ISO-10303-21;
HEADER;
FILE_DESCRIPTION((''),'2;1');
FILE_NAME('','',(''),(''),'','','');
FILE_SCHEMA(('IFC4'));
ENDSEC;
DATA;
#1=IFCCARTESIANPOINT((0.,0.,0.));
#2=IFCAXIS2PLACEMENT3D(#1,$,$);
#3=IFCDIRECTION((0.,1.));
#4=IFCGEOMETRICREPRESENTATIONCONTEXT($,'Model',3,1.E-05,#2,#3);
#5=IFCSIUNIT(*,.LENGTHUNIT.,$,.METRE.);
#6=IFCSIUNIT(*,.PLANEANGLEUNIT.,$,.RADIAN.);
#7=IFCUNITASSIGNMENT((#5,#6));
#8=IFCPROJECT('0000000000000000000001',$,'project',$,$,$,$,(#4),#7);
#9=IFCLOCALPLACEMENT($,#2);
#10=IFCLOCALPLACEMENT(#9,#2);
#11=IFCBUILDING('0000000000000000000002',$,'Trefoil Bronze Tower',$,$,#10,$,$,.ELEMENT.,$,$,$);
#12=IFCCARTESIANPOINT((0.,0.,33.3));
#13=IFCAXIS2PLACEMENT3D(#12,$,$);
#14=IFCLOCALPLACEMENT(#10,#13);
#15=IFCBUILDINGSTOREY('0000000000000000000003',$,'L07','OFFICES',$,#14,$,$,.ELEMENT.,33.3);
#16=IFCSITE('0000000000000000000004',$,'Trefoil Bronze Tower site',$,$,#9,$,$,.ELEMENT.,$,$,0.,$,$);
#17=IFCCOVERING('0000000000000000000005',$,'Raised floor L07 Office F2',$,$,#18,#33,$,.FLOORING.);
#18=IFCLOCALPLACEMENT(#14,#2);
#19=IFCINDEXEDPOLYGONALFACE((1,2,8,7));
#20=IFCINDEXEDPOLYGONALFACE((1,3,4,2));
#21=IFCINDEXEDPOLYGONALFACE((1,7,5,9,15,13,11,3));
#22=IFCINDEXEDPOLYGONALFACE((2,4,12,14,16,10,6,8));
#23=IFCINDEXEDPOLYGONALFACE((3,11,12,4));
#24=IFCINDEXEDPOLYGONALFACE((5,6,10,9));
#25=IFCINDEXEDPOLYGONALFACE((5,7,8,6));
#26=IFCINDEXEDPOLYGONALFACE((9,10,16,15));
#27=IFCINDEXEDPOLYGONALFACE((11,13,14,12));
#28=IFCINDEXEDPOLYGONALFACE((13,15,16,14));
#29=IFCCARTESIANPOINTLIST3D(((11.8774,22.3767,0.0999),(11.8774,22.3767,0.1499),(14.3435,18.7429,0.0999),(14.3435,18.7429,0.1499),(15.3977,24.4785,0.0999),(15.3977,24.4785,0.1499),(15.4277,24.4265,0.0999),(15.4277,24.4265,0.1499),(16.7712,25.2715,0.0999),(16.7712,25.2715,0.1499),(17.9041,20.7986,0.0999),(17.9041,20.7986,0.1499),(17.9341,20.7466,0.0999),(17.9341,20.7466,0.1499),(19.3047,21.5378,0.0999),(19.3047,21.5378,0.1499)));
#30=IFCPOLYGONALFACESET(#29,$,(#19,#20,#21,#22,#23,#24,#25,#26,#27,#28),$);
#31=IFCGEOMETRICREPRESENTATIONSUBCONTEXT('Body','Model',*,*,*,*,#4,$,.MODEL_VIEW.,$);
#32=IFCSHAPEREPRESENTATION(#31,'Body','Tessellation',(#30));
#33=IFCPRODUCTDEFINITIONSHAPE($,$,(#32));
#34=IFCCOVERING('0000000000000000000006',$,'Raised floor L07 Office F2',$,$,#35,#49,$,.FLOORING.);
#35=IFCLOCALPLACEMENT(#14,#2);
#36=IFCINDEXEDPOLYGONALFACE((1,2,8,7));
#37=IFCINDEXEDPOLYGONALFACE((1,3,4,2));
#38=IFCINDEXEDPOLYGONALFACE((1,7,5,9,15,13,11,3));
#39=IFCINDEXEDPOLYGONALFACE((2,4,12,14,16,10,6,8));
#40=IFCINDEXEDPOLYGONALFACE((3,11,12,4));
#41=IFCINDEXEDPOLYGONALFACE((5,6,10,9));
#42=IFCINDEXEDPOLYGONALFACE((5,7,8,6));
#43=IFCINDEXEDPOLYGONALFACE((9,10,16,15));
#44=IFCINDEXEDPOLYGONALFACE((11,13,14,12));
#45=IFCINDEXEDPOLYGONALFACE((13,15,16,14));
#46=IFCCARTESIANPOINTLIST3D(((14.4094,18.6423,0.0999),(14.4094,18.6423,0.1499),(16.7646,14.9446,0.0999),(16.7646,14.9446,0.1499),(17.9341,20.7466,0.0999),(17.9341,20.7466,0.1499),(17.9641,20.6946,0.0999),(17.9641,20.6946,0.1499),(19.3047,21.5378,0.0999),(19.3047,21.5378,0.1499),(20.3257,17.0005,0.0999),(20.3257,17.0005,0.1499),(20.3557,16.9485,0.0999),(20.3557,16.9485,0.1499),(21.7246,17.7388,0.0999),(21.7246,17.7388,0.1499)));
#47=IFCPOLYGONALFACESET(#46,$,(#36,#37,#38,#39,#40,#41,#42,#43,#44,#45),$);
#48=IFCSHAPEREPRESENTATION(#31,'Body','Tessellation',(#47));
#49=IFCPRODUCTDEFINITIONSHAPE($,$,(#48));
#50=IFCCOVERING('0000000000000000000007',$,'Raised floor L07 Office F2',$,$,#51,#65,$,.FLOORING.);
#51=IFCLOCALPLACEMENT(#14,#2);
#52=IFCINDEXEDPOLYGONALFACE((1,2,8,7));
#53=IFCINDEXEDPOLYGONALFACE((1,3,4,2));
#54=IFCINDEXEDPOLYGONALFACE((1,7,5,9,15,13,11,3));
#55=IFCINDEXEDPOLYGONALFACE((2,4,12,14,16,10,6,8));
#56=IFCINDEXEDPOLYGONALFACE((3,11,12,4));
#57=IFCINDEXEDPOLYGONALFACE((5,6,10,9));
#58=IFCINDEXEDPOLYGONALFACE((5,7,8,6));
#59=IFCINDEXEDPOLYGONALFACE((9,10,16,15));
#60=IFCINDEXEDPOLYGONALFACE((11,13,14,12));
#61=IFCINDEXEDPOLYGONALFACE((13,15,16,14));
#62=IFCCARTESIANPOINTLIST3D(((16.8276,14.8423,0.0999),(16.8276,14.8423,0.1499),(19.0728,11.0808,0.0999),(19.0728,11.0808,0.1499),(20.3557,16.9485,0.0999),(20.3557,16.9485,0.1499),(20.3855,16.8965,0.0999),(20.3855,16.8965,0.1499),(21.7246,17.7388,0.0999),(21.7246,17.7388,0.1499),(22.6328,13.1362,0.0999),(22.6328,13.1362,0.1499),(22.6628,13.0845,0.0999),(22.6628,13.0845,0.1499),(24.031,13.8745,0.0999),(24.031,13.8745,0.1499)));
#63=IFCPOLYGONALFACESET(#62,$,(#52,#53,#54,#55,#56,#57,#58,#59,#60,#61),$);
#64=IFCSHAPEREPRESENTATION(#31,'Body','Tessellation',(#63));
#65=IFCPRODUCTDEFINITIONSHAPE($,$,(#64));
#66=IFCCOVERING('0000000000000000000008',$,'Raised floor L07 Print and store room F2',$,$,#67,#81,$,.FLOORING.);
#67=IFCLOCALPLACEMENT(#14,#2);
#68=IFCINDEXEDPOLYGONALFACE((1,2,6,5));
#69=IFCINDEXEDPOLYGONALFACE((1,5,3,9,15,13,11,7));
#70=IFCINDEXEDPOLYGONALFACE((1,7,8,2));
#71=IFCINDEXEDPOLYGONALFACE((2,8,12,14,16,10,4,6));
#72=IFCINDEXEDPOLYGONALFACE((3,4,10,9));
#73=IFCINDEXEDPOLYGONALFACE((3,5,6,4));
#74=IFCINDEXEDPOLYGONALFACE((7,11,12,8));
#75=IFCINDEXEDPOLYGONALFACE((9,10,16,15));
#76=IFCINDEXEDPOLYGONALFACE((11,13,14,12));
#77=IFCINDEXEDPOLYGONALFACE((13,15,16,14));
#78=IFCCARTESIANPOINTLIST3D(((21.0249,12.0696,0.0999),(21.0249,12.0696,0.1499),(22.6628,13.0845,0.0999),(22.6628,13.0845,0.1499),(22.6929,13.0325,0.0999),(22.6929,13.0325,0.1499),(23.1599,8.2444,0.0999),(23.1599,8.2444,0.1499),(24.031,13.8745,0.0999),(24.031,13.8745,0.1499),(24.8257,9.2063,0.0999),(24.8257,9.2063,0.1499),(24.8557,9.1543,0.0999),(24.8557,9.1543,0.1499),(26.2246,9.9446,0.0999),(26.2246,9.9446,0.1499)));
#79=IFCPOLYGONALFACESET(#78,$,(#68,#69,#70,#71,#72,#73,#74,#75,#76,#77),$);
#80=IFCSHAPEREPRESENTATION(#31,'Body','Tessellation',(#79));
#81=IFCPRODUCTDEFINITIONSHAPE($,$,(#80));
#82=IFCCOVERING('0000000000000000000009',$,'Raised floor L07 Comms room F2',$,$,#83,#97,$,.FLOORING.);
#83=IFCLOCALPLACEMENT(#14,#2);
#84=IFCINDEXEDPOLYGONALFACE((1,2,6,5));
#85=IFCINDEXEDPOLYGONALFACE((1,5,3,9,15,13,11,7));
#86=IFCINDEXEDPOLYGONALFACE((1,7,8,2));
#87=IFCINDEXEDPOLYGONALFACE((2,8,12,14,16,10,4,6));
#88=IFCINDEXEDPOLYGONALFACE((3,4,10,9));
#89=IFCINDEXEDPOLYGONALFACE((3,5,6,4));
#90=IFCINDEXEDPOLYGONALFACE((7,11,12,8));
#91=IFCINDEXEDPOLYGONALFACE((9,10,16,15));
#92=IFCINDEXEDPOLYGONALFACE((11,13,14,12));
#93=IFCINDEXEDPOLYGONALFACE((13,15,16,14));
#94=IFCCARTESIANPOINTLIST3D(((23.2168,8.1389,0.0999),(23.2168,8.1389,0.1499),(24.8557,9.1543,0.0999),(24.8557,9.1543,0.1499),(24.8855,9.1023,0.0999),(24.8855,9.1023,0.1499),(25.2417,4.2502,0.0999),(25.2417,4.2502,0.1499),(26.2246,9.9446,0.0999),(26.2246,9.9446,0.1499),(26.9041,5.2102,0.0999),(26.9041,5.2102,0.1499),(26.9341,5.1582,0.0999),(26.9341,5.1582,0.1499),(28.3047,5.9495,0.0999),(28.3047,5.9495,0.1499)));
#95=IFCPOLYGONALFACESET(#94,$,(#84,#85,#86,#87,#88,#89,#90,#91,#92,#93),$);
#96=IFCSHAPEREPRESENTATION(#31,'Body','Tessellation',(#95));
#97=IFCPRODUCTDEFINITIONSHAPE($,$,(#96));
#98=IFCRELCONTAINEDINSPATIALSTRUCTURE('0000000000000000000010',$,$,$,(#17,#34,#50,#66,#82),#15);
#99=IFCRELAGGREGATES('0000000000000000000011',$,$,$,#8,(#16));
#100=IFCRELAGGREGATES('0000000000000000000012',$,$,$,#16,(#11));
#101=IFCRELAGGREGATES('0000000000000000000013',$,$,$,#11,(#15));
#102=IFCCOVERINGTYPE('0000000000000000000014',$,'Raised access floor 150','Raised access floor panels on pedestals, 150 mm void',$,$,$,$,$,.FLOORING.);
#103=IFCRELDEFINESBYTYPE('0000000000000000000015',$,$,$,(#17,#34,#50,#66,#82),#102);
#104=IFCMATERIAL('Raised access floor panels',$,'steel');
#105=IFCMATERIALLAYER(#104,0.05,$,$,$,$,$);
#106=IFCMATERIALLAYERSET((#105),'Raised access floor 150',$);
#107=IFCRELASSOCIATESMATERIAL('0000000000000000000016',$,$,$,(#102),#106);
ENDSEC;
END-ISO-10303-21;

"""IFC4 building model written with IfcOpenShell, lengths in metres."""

from ifc_helpers import new_model, si_unit, direction, frame, origin, place, context, subcontext, project, spatial, polyline, outline, extrude, material, layer, layer_set, type_object, element, save


model = new_model("IFC4")

# Units and contexts
model_context = context("Model", 3, precision=1e-05, world=origin(), true_north=direction((0.0, 1.0)))
body_context = subcontext(model_context, "Body", "Model", "MODEL_VIEW")
ifc_project = project(units=[si_unit("LENGTHUNIT", "METRE"), si_unit("PLANEANGLEUNIT", "RADIAN")], contexts=[model_context])

# Site, building, storey
site_placement = place(None, origin())
site = spatial("IfcSite", under=ifc_project, at=site_placement, Name="Trefoil Bronze Tower site", CompositionType="ELEMENT", RefElevation=0.0)
building_placement = place(site_placement, origin())
building = spatial("IfcBuilding", under=site, at=building_placement, Name="Trefoil Bronze Tower", CompositionType="ELEMENT")
storey_placement = place(building_placement, frame((0.0, 0.0, 33.3)))
storey = spatial("IfcBuildingStorey", under=building, at=storey_placement, Name="L07", Description="OFFICES", CompositionType="ELEMENT", Elevation=33.3)

# Coverings
ifc_material_1 = material(Name="Raised access floor panels", Category="steel")
ifc_layer_1 = layer(ifc_material_1, 0.05)
ifc_layer_set_1 = layer_set([ifc_layer_1], Name="Raised access floor 150")
covering_type_1 = type_object("IfcCoveringType", Name="Raised access floor 150", Description="Raised access floor panels on pedestals, 150 mm void", PredefinedType="FLOORING", material=ifc_layer_set_1)
covering_1_placement = place(storey_placement, frame((0.0, 0.0, 0.0999)))
element("IfcCovering", 1, at=covering_1_placement, inside=storey, type_object=covering_type_1, Name="Raised floor L07 Office F2", PredefinedType="FLOORING", context=body_context, shape_type="SweptSolid", body=[
    extrude(outline(polyline([(16.7712, 25.2715), (19.3047, 21.5378), (17.9341, 20.7466), (17.9041, 20.7986), (14.3435, 18.7429), (11.8774, 22.3767), (15.4277, 24.4265), (15.3977, 24.4785), (16.7712, 25.2715)])), origin(), (0.0, 0.0, 1.0), 0.05),
])
covering_2_placement = place(storey_placement, frame((0.0, 0.0, 0.0999)))
element("IfcCovering", 2, at=covering_2_placement, inside=storey, type_object=covering_type_1, Name="Raised floor L07 Office F2", PredefinedType="FLOORING", context=body_context, shape_type="SweptSolid", body=[
    extrude(outline(polyline([(21.7246, 17.7388), (20.3557, 16.9485), (20.3257, 17.0005), (16.7646, 14.9446), (14.4094, 18.6423), (17.9641, 20.6946), (17.9341, 20.7466), (19.3047, 21.5378), (21.7246, 17.7388)])), origin(), (0.0, 0.0, 1.0), 0.05),
])
covering_3_placement = place(storey_placement, frame((0.0, 0.0, 0.0999)))
element("IfcCovering", 3, at=covering_3_placement, inside=storey, type_object=covering_type_1, Name="Raised floor L07 Office F2", PredefinedType="FLOORING", context=body_context, shape_type="SweptSolid", body=[
    extrude(outline(polyline([(21.7246, 17.7388), (24.031, 13.8745), (22.6628, 13.0845), (22.6328, 13.1362), (19.0728, 11.0808), (16.8276, 14.8423), (20.3855, 16.8965), (20.3557, 16.9485), (21.7246, 17.7388)])), origin(), (0.0, 0.0, 1.0), 0.05),
])
covering_4_placement = place(storey_placement, frame((0.0, 0.0, 0.0999)))
element("IfcCovering", 4, at=covering_4_placement, inside=storey, type_object=covering_type_1, Name="Raised floor L07 Print and store room F2", PredefinedType="FLOORING", context=body_context, shape_type="SweptSolid", body=[
    extrude(outline(polyline([(24.031, 13.8745), (26.2246, 9.9446), (24.8557, 9.1543), (24.8257, 9.2063), (23.1599, 8.2444), (21.0249, 12.0696), (22.6929, 13.0325), (22.6628, 13.0845), (24.031, 13.8745)])), origin(), (0.0, 0.0, 1.0), 0.05),
])
covering_5_placement = place(storey_placement, frame((0.0, 0.0, 0.0999)))
element("IfcCovering", 5, at=covering_5_placement, inside=storey, type_object=covering_type_1, Name="Raised floor L07 Comms room F2", PredefinedType="FLOORING", context=body_context, shape_type="SweptSolid", body=[
    extrude(outline(polyline([(26.2246, 9.9446), (28.3047, 5.9495), (26.9341, 5.1582), (26.9041, 5.2102), (25.2417, 4.2502), (23.2168, 8.1389), (24.8855, 9.1023), (24.8557, 9.1543), (26.2246, 9.9446)])), origin(), (0.0, 0.0, 1.0), 0.05),
])

save(model, "model.ifc")
